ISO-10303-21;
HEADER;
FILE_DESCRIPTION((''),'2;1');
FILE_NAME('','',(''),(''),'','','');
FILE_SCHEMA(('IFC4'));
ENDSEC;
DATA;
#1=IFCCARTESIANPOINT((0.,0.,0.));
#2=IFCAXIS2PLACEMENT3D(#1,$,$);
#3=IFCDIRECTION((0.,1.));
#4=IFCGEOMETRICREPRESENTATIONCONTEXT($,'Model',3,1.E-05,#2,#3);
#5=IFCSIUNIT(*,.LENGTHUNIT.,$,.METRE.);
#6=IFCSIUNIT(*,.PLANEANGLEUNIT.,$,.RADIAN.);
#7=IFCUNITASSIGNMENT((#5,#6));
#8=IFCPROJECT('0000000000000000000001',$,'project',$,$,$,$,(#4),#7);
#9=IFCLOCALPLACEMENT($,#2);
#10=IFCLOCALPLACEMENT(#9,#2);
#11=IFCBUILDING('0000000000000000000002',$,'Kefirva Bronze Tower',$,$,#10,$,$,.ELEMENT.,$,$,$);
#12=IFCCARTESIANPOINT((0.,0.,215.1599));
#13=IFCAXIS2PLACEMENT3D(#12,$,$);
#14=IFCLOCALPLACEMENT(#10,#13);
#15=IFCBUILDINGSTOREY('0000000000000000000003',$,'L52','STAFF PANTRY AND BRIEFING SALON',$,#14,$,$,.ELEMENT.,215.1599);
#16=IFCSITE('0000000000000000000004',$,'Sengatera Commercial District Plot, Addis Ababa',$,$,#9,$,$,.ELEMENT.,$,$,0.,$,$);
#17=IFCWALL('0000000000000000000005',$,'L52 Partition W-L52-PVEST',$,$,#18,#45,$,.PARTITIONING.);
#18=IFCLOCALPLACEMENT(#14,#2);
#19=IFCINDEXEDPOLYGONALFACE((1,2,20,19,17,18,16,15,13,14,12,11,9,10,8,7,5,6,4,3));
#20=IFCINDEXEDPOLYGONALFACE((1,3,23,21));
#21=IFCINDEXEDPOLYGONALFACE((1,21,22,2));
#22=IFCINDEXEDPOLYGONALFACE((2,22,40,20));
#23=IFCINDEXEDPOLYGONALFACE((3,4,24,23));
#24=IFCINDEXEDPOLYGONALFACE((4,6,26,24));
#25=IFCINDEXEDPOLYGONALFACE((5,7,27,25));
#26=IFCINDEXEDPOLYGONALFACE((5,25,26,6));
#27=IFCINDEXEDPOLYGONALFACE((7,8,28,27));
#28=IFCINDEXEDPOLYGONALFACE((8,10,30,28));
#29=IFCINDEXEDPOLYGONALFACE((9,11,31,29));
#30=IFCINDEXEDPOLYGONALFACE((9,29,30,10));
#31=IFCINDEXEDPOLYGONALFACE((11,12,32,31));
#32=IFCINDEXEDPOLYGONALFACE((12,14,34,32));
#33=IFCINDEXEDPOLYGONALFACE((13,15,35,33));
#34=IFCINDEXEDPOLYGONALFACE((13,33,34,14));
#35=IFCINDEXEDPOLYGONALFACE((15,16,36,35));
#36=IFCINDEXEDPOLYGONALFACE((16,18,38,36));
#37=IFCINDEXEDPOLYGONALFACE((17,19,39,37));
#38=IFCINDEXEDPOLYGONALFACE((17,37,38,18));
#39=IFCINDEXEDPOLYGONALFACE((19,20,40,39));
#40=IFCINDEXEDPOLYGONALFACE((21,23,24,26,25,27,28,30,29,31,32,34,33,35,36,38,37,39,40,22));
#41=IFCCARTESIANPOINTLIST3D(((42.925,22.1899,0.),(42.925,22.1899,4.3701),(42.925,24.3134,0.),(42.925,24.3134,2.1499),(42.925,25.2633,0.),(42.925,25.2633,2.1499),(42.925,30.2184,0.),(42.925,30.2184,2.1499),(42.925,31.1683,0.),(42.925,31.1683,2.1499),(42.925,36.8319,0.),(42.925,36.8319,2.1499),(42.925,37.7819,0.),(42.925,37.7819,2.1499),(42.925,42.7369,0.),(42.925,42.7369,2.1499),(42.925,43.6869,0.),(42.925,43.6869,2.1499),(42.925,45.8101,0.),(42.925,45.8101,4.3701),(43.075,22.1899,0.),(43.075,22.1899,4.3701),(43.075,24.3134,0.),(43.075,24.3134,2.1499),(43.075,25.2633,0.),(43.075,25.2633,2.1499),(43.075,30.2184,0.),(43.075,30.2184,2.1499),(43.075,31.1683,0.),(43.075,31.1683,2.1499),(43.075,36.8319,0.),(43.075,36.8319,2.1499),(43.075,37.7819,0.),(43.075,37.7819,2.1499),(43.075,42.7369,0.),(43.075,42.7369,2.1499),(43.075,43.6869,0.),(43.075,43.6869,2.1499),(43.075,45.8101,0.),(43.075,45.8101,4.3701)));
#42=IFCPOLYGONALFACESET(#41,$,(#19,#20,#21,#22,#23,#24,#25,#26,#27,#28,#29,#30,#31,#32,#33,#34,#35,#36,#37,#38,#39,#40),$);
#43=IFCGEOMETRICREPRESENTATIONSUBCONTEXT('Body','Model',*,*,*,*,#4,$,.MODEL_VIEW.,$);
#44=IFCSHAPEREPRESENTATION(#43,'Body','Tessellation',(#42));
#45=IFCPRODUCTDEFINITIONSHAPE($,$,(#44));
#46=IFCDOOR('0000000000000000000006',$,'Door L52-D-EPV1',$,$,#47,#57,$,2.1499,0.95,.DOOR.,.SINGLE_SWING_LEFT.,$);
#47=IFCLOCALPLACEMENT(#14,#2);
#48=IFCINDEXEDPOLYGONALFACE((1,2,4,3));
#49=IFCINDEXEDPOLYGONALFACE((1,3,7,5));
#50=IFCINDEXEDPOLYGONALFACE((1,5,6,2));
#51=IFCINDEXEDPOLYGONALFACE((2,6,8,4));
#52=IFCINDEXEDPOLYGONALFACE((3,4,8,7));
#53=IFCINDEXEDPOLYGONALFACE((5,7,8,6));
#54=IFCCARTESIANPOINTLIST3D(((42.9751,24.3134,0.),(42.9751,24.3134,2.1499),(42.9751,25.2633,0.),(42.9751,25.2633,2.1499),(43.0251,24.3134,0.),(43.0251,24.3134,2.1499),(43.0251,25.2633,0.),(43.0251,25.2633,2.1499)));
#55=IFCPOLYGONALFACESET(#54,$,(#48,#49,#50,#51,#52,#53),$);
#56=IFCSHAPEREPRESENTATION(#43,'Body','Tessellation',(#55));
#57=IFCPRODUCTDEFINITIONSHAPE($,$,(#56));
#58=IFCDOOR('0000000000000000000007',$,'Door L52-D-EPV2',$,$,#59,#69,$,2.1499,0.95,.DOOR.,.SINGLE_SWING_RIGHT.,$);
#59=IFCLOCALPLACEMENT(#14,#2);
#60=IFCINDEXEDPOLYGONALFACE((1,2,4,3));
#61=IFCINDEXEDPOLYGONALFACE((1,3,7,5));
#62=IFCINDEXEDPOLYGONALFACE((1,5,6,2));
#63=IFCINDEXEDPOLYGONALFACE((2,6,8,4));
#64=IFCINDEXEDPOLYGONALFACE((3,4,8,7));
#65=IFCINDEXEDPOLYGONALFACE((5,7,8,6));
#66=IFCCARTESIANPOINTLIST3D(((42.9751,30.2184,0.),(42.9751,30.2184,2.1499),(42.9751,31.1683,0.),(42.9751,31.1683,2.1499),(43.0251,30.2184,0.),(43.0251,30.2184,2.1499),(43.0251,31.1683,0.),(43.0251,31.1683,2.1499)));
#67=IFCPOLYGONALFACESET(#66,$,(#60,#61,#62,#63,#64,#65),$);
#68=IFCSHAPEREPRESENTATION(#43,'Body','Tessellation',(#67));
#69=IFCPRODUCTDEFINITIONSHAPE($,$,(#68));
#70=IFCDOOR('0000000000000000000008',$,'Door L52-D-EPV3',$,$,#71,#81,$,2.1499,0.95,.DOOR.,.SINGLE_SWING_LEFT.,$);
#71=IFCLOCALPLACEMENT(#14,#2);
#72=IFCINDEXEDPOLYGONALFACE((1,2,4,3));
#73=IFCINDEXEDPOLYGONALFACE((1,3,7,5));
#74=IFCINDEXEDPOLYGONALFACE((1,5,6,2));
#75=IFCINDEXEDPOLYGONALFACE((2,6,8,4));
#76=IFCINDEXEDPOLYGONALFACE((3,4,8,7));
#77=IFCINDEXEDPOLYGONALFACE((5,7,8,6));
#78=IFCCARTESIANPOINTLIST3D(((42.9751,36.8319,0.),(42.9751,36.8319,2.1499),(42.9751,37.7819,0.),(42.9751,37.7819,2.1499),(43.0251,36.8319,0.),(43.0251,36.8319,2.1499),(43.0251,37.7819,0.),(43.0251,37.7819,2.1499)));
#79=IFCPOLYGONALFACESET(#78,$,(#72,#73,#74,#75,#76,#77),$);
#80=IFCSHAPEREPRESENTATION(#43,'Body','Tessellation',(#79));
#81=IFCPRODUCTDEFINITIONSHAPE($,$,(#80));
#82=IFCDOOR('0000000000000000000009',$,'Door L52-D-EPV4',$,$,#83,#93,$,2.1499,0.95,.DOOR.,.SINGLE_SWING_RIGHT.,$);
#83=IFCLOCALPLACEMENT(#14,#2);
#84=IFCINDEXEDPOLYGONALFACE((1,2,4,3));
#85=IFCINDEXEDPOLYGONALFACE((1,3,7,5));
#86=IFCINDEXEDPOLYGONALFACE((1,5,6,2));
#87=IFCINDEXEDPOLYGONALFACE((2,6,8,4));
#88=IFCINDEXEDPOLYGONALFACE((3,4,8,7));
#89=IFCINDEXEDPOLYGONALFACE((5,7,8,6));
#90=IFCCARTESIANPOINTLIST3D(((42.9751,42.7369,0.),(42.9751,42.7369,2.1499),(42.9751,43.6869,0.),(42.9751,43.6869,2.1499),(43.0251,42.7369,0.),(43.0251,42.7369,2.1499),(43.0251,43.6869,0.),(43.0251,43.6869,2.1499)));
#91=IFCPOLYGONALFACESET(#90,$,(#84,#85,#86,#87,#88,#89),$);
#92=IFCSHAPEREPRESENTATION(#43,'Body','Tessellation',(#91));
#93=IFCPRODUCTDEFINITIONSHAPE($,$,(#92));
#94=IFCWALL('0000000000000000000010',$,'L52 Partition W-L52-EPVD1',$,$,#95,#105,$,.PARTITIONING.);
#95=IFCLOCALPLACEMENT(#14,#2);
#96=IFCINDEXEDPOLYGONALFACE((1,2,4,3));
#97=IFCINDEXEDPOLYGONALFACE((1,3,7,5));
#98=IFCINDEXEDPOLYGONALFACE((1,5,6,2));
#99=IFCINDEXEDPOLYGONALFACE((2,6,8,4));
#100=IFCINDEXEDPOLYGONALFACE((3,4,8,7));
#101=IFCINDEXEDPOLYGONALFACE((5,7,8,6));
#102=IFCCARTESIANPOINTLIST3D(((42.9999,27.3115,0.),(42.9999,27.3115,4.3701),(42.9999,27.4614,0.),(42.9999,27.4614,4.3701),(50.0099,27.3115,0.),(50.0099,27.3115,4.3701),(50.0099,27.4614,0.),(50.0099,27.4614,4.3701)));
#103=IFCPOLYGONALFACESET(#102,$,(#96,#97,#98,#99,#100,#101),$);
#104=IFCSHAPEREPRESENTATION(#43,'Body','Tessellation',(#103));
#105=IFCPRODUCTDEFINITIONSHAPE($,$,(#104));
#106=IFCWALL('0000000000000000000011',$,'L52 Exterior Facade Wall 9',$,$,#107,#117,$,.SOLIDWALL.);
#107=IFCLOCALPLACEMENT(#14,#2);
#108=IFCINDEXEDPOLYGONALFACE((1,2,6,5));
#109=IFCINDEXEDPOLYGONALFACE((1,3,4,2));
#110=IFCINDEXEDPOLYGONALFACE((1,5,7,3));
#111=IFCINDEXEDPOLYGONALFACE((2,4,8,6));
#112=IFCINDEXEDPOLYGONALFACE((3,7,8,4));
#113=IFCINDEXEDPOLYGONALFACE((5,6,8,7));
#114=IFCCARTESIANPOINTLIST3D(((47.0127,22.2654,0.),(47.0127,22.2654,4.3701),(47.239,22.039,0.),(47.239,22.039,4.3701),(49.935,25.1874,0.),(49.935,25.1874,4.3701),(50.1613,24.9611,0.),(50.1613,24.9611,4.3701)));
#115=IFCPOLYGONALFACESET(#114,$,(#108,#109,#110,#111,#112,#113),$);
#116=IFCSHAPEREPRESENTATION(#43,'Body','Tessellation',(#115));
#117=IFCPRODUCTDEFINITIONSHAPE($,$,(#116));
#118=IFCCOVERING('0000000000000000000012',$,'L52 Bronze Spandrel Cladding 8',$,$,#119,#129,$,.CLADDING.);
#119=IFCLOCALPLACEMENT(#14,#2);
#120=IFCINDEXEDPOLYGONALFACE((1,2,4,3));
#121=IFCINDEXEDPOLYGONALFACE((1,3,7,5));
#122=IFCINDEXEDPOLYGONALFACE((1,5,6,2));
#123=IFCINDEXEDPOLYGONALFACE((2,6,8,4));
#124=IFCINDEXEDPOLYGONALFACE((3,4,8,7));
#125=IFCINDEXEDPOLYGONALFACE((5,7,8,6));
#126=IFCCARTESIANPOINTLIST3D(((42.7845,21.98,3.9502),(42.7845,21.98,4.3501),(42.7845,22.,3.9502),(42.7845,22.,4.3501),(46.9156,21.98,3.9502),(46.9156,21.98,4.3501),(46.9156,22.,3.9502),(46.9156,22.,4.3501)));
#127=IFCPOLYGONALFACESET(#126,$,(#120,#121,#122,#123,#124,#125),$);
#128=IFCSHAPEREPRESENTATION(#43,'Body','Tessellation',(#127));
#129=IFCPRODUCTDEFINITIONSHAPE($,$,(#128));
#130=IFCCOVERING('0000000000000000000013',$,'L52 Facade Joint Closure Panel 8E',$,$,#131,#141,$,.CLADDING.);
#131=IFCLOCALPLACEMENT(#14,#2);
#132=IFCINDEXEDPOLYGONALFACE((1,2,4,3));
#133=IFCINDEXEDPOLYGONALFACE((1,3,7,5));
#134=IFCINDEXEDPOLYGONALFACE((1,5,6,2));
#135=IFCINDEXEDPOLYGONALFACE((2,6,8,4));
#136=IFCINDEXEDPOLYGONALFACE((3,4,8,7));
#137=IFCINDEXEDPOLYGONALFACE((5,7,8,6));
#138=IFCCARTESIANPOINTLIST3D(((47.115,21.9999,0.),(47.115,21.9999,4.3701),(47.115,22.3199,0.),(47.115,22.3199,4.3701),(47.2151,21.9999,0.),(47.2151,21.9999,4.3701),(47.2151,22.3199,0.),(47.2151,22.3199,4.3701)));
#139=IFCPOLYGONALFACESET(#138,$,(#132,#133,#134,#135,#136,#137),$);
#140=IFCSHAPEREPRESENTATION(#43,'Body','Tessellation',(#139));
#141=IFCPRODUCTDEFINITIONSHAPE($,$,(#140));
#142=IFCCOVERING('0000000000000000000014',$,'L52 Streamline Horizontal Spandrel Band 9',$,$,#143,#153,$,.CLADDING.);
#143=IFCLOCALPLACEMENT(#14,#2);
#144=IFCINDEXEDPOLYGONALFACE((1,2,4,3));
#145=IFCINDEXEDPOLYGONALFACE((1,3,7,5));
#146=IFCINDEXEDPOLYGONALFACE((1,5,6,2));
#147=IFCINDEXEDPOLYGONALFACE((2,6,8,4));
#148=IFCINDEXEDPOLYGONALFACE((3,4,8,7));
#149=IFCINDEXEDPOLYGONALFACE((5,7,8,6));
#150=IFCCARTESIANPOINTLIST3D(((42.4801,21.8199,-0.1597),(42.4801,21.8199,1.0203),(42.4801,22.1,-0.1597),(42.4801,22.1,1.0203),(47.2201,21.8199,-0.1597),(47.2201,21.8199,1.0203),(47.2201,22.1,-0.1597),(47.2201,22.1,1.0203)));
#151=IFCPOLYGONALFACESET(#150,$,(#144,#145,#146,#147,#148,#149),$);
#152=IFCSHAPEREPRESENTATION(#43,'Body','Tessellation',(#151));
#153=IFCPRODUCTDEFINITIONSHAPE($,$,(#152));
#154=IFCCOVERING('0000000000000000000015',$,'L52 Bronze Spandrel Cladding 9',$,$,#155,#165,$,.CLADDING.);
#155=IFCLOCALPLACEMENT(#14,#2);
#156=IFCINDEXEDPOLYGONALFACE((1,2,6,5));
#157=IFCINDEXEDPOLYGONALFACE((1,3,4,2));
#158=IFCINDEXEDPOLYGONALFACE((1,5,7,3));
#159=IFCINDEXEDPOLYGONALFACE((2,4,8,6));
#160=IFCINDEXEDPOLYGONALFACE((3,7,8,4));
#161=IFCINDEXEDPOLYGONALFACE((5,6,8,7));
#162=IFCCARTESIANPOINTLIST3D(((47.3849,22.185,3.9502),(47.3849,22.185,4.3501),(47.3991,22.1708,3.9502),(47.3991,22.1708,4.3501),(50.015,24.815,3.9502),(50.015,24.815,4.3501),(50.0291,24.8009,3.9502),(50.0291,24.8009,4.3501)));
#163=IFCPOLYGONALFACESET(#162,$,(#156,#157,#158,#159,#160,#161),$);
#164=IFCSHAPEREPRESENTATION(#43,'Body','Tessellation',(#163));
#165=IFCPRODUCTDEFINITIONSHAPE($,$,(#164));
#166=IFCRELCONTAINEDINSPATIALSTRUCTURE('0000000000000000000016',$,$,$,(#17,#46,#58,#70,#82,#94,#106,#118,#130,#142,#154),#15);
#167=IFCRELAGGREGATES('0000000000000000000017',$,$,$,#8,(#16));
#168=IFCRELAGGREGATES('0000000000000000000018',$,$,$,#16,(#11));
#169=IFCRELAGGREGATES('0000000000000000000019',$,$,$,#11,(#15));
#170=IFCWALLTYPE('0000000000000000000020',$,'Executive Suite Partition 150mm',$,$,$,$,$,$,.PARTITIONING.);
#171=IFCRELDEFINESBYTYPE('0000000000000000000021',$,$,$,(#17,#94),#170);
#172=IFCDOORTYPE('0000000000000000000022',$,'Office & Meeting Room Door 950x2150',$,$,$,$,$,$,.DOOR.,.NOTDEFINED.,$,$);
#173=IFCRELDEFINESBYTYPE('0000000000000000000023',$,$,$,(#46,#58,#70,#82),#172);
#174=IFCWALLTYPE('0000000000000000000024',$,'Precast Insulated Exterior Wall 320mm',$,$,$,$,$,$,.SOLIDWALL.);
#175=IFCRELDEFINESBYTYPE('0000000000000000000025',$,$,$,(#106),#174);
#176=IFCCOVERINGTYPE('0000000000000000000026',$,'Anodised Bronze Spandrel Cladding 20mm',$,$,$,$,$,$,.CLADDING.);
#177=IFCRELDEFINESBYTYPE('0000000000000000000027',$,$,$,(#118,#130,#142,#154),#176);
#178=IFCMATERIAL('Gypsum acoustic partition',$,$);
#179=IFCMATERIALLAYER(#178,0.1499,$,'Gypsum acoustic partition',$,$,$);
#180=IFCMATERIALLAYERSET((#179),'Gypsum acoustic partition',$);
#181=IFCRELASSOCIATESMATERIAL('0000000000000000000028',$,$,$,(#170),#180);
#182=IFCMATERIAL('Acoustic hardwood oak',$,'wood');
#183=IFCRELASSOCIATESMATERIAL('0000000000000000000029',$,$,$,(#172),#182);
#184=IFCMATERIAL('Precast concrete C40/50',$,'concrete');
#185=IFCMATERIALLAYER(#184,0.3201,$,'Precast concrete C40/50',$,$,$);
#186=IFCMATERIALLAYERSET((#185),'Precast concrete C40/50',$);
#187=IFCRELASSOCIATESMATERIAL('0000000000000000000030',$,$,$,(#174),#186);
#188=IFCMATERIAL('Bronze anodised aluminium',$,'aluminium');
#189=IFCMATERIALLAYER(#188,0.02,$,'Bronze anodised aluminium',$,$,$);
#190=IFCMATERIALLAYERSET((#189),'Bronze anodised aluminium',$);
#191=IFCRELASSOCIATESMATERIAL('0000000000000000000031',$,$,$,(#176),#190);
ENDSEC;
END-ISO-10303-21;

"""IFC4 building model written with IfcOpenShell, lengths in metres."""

from ifc_helpers import new_model, si_unit, direction, frame, frame_2d, origin, origin_2d, place, context, subcontext, project, spatial, rectangle, extrude, material, layer, layer_set, type_object, element, fill, save


model = new_model("IFC4")

# Units and contexts
model_context = context("Model", 3, precision=1e-05, world=origin(), true_north=direction((0.0, 1.0)))
body_context = subcontext(model_context, "Body", "Model", "MODEL_VIEW")
ifc_project = project(units=[si_unit("LENGTHUNIT", "METRE"), si_unit("PLANEANGLEUNIT", "RADIAN")], contexts=[model_context])

# Site, building, storey
site_placement = place(None, origin())
site = spatial("IfcSite", under=ifc_project, at=site_placement, Name="Sengatera Commercial District Plot, Addis Ababa", CompositionType="ELEMENT", RefElevation=0.0)
building_placement = place(site_placement, origin())
building = spatial("IfcBuilding", under=site, at=building_placement, Name="Kefirva Bronze Tower", CompositionType="ELEMENT")
storey_placement = place(building_placement, frame((0.0, 0.0, 215.1599)))
storey = spatial("IfcBuildingStorey", under=building, at=storey_placement, Name="L52", Description="STAFF PANTRY AND BRIEFING SALON", CompositionType="ELEMENT", Elevation=215.1599)

# Shared definitions
ifc_material_1 = material(Name="Bronze anodised aluminium", Category="aluminium")

# Wall, openings, doors
ifc_material_2 = material(Name="Gypsum acoustic partition")
ifc_layer_1 = layer(ifc_material_2, 0.1499, Name="Gypsum acoustic partition")
ifc_layer_set_1 = layer_set([ifc_layer_1], Name="Gypsum acoustic partition")
wall_type_1 = type_object("IfcWallType", Name="Executive Suite Partition 150mm", PredefinedType="PARTITIONING", material=ifc_layer_set_1)
wall_1_placement = place(storey_placement, frame((43.0, 22.1899, 0.0), z_axis=(0.0, 0.0, 1.0), x_axis=(0.0, 1.0, 0.0)))
wall_1 = element("IfcWall", 1, at=wall_1_placement, inside=storey, type_object=wall_type_1, Name="L52 Partition W-L52-PVEST", PredefinedType="PARTITIONING", context=body_context, shape_type="SweptSolid", body=[
    extrude(rectangle(XDim=23.6201, YDim=0.1499, at=frame_2d((11.8101, 0.0))), origin(), (0.0, 0.0, 1.0), 4.3701),
])
opening_1_placement = place(wall_1_placement, frame((2.1233, 0.0, 0.0)))
opening_1 = element("IfcOpeningElement", 2, at=opening_1_placement, cuts=wall_1, PredefinedType="OPENING", context=body_context, shape_type="SweptSolid", body=[
    extrude(rectangle(XDim=0.95, YDim=2.1499, at=frame_2d((0.4751, 1.075))), frame((0.0, 0.085, 0.0), z_axis=(0.0, -1.0, 0.0), x_axis=(1.0, 0.0, 0.0)), (0.0, 0.0, 1.0), 0.1699),
])
opening_2_placement = place(wall_1_placement, frame((8.0283, 0.0, 0.0)))
opening_2 = element("IfcOpeningElement", 3, at=opening_2_placement, cuts=wall_1, PredefinedType="OPENING", context=body_context, shape_type="SweptSolid", body=[
    extrude(rectangle(XDim=0.95, YDim=2.1499, at=frame_2d((0.4751, 1.075))), frame((0.0, 0.085, 0.0), z_axis=(0.0, -1.0, 0.0), x_axis=(1.0, 0.0, 0.0)), (0.0, 0.0, 1.0), 0.1699),
])
opening_3_placement = place(wall_1_placement, frame((14.6418, 0.0, 0.0)))
opening_3 = element("IfcOpeningElement", 4, at=opening_3_placement, cuts=wall_1, PredefinedType="OPENING", context=body_context, shape_type="SweptSolid", body=[
    extrude(rectangle(XDim=0.95, YDim=2.1499, at=frame_2d((0.4751, 1.075))), frame((0.0, 0.085, 0.0), z_axis=(0.0, -1.0, 0.0), x_axis=(1.0, 0.0, 0.0)), (0.0, 0.0, 1.0), 0.1699),
])
opening_4_placement = place(wall_1_placement, frame((20.5469, 0.0, 0.0)))
opening_4 = element("IfcOpeningElement", 5, at=opening_4_placement, cuts=wall_1, PredefinedType="OPENING", context=body_context, shape_type="SweptSolid", body=[
    extrude(rectangle(XDim=0.95, YDim=2.1499, at=frame_2d((0.4751, 1.075))), frame((0.0, 0.085, 0.0), z_axis=(0.0, -1.0, 0.0), x_axis=(1.0, 0.0, 0.0)), (0.0, 0.0, 1.0), 0.1699),
])
ifc_material_3 = material(Name="Acoustic hardwood oak", Category="wood")
door_type = type_object("IfcDoorType", Name="Office & Meeting Room Door 950x2150", OperationType="NOTDEFINED", PredefinedType="DOOR", material=ifc_material_3)
door_1_placement = place(opening_1_placement, origin())
door_1 = element("IfcDoor", 6, at=door_1_placement, inside=storey, type_object=door_type, Name="Door L52-D-EPV1", OperationType="SINGLE_SWING_LEFT", OverallHeight=2.1499, OverallWidth=0.95, PredefinedType="DOOR", context=body_context, shape_type="SweptSolid", body=[
    extrude(rectangle(XDim=0.95, YDim=2.1499, at=frame_2d((0.4751, 1.075))), frame((0.0, 0.0249, 0.0), z_axis=(0.0, -1.0, 0.0), x_axis=(1.0, 0.0, 0.0)), (0.0, 0.0, 1.0), 0.05),
])
fill(opening_1, door_1)
door_2_placement = place(opening_2_placement, origin())
door_2 = element("IfcDoor", 7, at=door_2_placement, inside=storey, type_object=door_type, Name="Door L52-D-EPV2", OperationType="SINGLE_SWING_RIGHT", OverallHeight=2.1499, OverallWidth=0.95, PredefinedType="DOOR", context=body_context, shape_type="SweptSolid", body=[
    extrude(rectangle(XDim=0.95, YDim=2.1499, at=frame_2d((0.4751, 1.075))), frame((0.0, 0.0249, 0.0), z_axis=(0.0, -1.0, 0.0), x_axis=(1.0, 0.0, 0.0)), (0.0, 0.0, 1.0), 0.05),
])
fill(opening_2, door_2)
door_3_placement = place(opening_3_placement, origin())
door_3 = element("IfcDoor", 8, at=door_3_placement, inside=storey, type_object=door_type, Name="Door L52-D-EPV3", OperationType="SINGLE_SWING_LEFT", OverallHeight=2.1499, OverallWidth=0.95, PredefinedType="DOOR", context=body_context, shape_type="SweptSolid", body=[
    extrude(rectangle(XDim=0.95, YDim=2.1499, at=frame_2d((0.4751, 1.075))), frame((0.0, 0.0249, 0.0), z_axis=(0.0, -1.0, 0.0), x_axis=(1.0, 0.0, 0.0)), (0.0, 0.0, 1.0), 0.05),
])
fill(opening_3, door_3)
door_4_placement = place(opening_4_placement, origin())
door_4 = element("IfcDoor", 9, at=door_4_placement, inside=storey, type_object=door_type, Name="Door L52-D-EPV4", OperationType="SINGLE_SWING_RIGHT", OverallHeight=2.1499, OverallWidth=0.95, PredefinedType="DOOR", context=body_context, shape_type="SweptSolid", body=[
    extrude(rectangle(XDim=0.95, YDim=2.1499, at=frame_2d((0.4751, 1.075))), frame((0.0, 0.0249, 0.0), z_axis=(0.0, -1.0, 0.0), x_axis=(1.0, 0.0, 0.0)), (0.0, 0.0, 1.0), 0.05),
])
fill(opening_4, door_4)

# Walls
wall_2_placement = place(storey_placement, frame((43.0, 27.3865, 0.0), z_axis=(0.0, 0.0, 1.0), x_axis=(1.0, 0.0, 0.0)))
element("IfcWall", 10, at=wall_2_placement, inside=storey, type_object=wall_type_1, Name="L52 Partition W-L52-EPVD1", PredefinedType="PARTITIONING", context=body_context, shape_type="SweptSolid", body=[
    extrude(rectangle(XDim=7.01, YDim=0.1499, at=frame_2d((3.5049, 0.0))), origin(), (0.0, 0.0, 1.0), 4.3701),
])
ifc_material_4 = material(Name="Precast concrete C40/50", Category="concrete")
ifc_layer_2 = layer(ifc_material_4, 0.3201, Name="Precast concrete C40/50")
ifc_layer_set_2 = layer_set([ifc_layer_2], Name="Precast concrete C40/50")
wall_type_2 = type_object("IfcWallType", Name="Precast Insulated Exterior Wall 320mm", PredefinedType="SOLIDWALL", material=ifc_layer_set_2)
wall_3_placement = place(storey_placement, frame((47.1257, 22.1521, 0.0), z_axis=(0.0, 0.0, 1.0), x_axis=(0.707136, 0.707077, 0.0)))
element("IfcWall", 11, at=wall_3_placement, inside=storey, type_object=wall_type_2, Name="L52 Exterior Facade Wall 9", PredefinedType="SOLIDWALL", context=body_context, shape_type="SweptSolid", body=[
    extrude(rectangle(XDim=4.1326, YDim=0.3201, at=frame_2d((2.0664, 0.0))), origin(), (0.0, 0.0, 1.0), 4.3701),
])

# Coverings
ifc_layer_3 = layer(ifc_material_1, 0.02, Name="Bronze anodised aluminium")
ifc_layer_set_3 = layer_set([ifc_layer_3], Name="Bronze anodised aluminium")
covering_type_1 = type_object("IfcCoveringType", Name="Anodised Bronze Spandrel Cladding 20mm", PredefinedType="CLADDING", material=ifc_layer_set_3)
covering_1_placement = place(storey_placement, frame((44.8501, 21.99, 3.9502), z_axis=(0.0, 0.0, 1.0), x_axis=(1.0, 0.0, 0.0)))
element("IfcCovering", 12, at=covering_1_placement, inside=storey, type_object=covering_type_1, Name="L52 Bronze Spandrel Cladding 8", PredefinedType="CLADDING", context=body_context, shape_type="SweptSolid", body=[
    extrude(rectangle(XDim=4.1311, YDim=0.02, at=origin_2d()), origin(), (0.0, 0.0, 1.0), 0.3999),
])
covering_2_placement = place(storey_placement, frame((47.165, 22.1599, 0.0), z_axis=(0.0, 0.0, 1.0), x_axis=(1.0, 0.0, 0.0)))
element("IfcCovering", 13, at=covering_2_placement, inside=storey, type_object=covering_type_1, Name="L52 Facade Joint Closure Panel 8E", PredefinedType="CLADDING", context=body_context, shape_type="SweptSolid", body=[
    extrude(rectangle(XDim=0.1001, YDim=0.3201, at=origin_2d()), origin(), (0.0, 0.0, 1.0), 4.3701),
])
covering_3_placement = place(storey_placement, frame((44.8501, 21.96, -0.1597), z_axis=(0.0, 0.0, 1.0), x_axis=(1.0, 0.0, 0.0)))
element("IfcCovering", 14, at=covering_3_placement, inside=storey, type_object=covering_type_1, Name="L52 Streamline Horizontal Spandrel Band 9", PredefinedType="CLADDING", context=body_context, shape_type="SweptSolid", body=[
    extrude(rectangle(XDim=4.74, YDim=0.28, at=origin_2d()), origin(), (0.0, 0.0, 1.0), 1.1799),
])
covering_4_placement = place(storey_placement, frame((48.707, 23.4929, 3.9502), z_axis=(0.0, 0.0, 1.0), x_axis=(0.707107, 0.707107, 0.0)))
element("IfcCovering", 15, at=covering_4_placement, inside=storey, type_object=covering_type_1, Name="L52 Bronze Spandrel Cladding 9", PredefinedType="CLADDING", context=body_context, shape_type="SweptSolid", body=[
    extrude(rectangle(XDim=3.7195, YDim=0.02, at=origin_2d()), origin(), (0.0, 0.0, 1.0), 0.3999),
])

save(model, "model.ifc")
